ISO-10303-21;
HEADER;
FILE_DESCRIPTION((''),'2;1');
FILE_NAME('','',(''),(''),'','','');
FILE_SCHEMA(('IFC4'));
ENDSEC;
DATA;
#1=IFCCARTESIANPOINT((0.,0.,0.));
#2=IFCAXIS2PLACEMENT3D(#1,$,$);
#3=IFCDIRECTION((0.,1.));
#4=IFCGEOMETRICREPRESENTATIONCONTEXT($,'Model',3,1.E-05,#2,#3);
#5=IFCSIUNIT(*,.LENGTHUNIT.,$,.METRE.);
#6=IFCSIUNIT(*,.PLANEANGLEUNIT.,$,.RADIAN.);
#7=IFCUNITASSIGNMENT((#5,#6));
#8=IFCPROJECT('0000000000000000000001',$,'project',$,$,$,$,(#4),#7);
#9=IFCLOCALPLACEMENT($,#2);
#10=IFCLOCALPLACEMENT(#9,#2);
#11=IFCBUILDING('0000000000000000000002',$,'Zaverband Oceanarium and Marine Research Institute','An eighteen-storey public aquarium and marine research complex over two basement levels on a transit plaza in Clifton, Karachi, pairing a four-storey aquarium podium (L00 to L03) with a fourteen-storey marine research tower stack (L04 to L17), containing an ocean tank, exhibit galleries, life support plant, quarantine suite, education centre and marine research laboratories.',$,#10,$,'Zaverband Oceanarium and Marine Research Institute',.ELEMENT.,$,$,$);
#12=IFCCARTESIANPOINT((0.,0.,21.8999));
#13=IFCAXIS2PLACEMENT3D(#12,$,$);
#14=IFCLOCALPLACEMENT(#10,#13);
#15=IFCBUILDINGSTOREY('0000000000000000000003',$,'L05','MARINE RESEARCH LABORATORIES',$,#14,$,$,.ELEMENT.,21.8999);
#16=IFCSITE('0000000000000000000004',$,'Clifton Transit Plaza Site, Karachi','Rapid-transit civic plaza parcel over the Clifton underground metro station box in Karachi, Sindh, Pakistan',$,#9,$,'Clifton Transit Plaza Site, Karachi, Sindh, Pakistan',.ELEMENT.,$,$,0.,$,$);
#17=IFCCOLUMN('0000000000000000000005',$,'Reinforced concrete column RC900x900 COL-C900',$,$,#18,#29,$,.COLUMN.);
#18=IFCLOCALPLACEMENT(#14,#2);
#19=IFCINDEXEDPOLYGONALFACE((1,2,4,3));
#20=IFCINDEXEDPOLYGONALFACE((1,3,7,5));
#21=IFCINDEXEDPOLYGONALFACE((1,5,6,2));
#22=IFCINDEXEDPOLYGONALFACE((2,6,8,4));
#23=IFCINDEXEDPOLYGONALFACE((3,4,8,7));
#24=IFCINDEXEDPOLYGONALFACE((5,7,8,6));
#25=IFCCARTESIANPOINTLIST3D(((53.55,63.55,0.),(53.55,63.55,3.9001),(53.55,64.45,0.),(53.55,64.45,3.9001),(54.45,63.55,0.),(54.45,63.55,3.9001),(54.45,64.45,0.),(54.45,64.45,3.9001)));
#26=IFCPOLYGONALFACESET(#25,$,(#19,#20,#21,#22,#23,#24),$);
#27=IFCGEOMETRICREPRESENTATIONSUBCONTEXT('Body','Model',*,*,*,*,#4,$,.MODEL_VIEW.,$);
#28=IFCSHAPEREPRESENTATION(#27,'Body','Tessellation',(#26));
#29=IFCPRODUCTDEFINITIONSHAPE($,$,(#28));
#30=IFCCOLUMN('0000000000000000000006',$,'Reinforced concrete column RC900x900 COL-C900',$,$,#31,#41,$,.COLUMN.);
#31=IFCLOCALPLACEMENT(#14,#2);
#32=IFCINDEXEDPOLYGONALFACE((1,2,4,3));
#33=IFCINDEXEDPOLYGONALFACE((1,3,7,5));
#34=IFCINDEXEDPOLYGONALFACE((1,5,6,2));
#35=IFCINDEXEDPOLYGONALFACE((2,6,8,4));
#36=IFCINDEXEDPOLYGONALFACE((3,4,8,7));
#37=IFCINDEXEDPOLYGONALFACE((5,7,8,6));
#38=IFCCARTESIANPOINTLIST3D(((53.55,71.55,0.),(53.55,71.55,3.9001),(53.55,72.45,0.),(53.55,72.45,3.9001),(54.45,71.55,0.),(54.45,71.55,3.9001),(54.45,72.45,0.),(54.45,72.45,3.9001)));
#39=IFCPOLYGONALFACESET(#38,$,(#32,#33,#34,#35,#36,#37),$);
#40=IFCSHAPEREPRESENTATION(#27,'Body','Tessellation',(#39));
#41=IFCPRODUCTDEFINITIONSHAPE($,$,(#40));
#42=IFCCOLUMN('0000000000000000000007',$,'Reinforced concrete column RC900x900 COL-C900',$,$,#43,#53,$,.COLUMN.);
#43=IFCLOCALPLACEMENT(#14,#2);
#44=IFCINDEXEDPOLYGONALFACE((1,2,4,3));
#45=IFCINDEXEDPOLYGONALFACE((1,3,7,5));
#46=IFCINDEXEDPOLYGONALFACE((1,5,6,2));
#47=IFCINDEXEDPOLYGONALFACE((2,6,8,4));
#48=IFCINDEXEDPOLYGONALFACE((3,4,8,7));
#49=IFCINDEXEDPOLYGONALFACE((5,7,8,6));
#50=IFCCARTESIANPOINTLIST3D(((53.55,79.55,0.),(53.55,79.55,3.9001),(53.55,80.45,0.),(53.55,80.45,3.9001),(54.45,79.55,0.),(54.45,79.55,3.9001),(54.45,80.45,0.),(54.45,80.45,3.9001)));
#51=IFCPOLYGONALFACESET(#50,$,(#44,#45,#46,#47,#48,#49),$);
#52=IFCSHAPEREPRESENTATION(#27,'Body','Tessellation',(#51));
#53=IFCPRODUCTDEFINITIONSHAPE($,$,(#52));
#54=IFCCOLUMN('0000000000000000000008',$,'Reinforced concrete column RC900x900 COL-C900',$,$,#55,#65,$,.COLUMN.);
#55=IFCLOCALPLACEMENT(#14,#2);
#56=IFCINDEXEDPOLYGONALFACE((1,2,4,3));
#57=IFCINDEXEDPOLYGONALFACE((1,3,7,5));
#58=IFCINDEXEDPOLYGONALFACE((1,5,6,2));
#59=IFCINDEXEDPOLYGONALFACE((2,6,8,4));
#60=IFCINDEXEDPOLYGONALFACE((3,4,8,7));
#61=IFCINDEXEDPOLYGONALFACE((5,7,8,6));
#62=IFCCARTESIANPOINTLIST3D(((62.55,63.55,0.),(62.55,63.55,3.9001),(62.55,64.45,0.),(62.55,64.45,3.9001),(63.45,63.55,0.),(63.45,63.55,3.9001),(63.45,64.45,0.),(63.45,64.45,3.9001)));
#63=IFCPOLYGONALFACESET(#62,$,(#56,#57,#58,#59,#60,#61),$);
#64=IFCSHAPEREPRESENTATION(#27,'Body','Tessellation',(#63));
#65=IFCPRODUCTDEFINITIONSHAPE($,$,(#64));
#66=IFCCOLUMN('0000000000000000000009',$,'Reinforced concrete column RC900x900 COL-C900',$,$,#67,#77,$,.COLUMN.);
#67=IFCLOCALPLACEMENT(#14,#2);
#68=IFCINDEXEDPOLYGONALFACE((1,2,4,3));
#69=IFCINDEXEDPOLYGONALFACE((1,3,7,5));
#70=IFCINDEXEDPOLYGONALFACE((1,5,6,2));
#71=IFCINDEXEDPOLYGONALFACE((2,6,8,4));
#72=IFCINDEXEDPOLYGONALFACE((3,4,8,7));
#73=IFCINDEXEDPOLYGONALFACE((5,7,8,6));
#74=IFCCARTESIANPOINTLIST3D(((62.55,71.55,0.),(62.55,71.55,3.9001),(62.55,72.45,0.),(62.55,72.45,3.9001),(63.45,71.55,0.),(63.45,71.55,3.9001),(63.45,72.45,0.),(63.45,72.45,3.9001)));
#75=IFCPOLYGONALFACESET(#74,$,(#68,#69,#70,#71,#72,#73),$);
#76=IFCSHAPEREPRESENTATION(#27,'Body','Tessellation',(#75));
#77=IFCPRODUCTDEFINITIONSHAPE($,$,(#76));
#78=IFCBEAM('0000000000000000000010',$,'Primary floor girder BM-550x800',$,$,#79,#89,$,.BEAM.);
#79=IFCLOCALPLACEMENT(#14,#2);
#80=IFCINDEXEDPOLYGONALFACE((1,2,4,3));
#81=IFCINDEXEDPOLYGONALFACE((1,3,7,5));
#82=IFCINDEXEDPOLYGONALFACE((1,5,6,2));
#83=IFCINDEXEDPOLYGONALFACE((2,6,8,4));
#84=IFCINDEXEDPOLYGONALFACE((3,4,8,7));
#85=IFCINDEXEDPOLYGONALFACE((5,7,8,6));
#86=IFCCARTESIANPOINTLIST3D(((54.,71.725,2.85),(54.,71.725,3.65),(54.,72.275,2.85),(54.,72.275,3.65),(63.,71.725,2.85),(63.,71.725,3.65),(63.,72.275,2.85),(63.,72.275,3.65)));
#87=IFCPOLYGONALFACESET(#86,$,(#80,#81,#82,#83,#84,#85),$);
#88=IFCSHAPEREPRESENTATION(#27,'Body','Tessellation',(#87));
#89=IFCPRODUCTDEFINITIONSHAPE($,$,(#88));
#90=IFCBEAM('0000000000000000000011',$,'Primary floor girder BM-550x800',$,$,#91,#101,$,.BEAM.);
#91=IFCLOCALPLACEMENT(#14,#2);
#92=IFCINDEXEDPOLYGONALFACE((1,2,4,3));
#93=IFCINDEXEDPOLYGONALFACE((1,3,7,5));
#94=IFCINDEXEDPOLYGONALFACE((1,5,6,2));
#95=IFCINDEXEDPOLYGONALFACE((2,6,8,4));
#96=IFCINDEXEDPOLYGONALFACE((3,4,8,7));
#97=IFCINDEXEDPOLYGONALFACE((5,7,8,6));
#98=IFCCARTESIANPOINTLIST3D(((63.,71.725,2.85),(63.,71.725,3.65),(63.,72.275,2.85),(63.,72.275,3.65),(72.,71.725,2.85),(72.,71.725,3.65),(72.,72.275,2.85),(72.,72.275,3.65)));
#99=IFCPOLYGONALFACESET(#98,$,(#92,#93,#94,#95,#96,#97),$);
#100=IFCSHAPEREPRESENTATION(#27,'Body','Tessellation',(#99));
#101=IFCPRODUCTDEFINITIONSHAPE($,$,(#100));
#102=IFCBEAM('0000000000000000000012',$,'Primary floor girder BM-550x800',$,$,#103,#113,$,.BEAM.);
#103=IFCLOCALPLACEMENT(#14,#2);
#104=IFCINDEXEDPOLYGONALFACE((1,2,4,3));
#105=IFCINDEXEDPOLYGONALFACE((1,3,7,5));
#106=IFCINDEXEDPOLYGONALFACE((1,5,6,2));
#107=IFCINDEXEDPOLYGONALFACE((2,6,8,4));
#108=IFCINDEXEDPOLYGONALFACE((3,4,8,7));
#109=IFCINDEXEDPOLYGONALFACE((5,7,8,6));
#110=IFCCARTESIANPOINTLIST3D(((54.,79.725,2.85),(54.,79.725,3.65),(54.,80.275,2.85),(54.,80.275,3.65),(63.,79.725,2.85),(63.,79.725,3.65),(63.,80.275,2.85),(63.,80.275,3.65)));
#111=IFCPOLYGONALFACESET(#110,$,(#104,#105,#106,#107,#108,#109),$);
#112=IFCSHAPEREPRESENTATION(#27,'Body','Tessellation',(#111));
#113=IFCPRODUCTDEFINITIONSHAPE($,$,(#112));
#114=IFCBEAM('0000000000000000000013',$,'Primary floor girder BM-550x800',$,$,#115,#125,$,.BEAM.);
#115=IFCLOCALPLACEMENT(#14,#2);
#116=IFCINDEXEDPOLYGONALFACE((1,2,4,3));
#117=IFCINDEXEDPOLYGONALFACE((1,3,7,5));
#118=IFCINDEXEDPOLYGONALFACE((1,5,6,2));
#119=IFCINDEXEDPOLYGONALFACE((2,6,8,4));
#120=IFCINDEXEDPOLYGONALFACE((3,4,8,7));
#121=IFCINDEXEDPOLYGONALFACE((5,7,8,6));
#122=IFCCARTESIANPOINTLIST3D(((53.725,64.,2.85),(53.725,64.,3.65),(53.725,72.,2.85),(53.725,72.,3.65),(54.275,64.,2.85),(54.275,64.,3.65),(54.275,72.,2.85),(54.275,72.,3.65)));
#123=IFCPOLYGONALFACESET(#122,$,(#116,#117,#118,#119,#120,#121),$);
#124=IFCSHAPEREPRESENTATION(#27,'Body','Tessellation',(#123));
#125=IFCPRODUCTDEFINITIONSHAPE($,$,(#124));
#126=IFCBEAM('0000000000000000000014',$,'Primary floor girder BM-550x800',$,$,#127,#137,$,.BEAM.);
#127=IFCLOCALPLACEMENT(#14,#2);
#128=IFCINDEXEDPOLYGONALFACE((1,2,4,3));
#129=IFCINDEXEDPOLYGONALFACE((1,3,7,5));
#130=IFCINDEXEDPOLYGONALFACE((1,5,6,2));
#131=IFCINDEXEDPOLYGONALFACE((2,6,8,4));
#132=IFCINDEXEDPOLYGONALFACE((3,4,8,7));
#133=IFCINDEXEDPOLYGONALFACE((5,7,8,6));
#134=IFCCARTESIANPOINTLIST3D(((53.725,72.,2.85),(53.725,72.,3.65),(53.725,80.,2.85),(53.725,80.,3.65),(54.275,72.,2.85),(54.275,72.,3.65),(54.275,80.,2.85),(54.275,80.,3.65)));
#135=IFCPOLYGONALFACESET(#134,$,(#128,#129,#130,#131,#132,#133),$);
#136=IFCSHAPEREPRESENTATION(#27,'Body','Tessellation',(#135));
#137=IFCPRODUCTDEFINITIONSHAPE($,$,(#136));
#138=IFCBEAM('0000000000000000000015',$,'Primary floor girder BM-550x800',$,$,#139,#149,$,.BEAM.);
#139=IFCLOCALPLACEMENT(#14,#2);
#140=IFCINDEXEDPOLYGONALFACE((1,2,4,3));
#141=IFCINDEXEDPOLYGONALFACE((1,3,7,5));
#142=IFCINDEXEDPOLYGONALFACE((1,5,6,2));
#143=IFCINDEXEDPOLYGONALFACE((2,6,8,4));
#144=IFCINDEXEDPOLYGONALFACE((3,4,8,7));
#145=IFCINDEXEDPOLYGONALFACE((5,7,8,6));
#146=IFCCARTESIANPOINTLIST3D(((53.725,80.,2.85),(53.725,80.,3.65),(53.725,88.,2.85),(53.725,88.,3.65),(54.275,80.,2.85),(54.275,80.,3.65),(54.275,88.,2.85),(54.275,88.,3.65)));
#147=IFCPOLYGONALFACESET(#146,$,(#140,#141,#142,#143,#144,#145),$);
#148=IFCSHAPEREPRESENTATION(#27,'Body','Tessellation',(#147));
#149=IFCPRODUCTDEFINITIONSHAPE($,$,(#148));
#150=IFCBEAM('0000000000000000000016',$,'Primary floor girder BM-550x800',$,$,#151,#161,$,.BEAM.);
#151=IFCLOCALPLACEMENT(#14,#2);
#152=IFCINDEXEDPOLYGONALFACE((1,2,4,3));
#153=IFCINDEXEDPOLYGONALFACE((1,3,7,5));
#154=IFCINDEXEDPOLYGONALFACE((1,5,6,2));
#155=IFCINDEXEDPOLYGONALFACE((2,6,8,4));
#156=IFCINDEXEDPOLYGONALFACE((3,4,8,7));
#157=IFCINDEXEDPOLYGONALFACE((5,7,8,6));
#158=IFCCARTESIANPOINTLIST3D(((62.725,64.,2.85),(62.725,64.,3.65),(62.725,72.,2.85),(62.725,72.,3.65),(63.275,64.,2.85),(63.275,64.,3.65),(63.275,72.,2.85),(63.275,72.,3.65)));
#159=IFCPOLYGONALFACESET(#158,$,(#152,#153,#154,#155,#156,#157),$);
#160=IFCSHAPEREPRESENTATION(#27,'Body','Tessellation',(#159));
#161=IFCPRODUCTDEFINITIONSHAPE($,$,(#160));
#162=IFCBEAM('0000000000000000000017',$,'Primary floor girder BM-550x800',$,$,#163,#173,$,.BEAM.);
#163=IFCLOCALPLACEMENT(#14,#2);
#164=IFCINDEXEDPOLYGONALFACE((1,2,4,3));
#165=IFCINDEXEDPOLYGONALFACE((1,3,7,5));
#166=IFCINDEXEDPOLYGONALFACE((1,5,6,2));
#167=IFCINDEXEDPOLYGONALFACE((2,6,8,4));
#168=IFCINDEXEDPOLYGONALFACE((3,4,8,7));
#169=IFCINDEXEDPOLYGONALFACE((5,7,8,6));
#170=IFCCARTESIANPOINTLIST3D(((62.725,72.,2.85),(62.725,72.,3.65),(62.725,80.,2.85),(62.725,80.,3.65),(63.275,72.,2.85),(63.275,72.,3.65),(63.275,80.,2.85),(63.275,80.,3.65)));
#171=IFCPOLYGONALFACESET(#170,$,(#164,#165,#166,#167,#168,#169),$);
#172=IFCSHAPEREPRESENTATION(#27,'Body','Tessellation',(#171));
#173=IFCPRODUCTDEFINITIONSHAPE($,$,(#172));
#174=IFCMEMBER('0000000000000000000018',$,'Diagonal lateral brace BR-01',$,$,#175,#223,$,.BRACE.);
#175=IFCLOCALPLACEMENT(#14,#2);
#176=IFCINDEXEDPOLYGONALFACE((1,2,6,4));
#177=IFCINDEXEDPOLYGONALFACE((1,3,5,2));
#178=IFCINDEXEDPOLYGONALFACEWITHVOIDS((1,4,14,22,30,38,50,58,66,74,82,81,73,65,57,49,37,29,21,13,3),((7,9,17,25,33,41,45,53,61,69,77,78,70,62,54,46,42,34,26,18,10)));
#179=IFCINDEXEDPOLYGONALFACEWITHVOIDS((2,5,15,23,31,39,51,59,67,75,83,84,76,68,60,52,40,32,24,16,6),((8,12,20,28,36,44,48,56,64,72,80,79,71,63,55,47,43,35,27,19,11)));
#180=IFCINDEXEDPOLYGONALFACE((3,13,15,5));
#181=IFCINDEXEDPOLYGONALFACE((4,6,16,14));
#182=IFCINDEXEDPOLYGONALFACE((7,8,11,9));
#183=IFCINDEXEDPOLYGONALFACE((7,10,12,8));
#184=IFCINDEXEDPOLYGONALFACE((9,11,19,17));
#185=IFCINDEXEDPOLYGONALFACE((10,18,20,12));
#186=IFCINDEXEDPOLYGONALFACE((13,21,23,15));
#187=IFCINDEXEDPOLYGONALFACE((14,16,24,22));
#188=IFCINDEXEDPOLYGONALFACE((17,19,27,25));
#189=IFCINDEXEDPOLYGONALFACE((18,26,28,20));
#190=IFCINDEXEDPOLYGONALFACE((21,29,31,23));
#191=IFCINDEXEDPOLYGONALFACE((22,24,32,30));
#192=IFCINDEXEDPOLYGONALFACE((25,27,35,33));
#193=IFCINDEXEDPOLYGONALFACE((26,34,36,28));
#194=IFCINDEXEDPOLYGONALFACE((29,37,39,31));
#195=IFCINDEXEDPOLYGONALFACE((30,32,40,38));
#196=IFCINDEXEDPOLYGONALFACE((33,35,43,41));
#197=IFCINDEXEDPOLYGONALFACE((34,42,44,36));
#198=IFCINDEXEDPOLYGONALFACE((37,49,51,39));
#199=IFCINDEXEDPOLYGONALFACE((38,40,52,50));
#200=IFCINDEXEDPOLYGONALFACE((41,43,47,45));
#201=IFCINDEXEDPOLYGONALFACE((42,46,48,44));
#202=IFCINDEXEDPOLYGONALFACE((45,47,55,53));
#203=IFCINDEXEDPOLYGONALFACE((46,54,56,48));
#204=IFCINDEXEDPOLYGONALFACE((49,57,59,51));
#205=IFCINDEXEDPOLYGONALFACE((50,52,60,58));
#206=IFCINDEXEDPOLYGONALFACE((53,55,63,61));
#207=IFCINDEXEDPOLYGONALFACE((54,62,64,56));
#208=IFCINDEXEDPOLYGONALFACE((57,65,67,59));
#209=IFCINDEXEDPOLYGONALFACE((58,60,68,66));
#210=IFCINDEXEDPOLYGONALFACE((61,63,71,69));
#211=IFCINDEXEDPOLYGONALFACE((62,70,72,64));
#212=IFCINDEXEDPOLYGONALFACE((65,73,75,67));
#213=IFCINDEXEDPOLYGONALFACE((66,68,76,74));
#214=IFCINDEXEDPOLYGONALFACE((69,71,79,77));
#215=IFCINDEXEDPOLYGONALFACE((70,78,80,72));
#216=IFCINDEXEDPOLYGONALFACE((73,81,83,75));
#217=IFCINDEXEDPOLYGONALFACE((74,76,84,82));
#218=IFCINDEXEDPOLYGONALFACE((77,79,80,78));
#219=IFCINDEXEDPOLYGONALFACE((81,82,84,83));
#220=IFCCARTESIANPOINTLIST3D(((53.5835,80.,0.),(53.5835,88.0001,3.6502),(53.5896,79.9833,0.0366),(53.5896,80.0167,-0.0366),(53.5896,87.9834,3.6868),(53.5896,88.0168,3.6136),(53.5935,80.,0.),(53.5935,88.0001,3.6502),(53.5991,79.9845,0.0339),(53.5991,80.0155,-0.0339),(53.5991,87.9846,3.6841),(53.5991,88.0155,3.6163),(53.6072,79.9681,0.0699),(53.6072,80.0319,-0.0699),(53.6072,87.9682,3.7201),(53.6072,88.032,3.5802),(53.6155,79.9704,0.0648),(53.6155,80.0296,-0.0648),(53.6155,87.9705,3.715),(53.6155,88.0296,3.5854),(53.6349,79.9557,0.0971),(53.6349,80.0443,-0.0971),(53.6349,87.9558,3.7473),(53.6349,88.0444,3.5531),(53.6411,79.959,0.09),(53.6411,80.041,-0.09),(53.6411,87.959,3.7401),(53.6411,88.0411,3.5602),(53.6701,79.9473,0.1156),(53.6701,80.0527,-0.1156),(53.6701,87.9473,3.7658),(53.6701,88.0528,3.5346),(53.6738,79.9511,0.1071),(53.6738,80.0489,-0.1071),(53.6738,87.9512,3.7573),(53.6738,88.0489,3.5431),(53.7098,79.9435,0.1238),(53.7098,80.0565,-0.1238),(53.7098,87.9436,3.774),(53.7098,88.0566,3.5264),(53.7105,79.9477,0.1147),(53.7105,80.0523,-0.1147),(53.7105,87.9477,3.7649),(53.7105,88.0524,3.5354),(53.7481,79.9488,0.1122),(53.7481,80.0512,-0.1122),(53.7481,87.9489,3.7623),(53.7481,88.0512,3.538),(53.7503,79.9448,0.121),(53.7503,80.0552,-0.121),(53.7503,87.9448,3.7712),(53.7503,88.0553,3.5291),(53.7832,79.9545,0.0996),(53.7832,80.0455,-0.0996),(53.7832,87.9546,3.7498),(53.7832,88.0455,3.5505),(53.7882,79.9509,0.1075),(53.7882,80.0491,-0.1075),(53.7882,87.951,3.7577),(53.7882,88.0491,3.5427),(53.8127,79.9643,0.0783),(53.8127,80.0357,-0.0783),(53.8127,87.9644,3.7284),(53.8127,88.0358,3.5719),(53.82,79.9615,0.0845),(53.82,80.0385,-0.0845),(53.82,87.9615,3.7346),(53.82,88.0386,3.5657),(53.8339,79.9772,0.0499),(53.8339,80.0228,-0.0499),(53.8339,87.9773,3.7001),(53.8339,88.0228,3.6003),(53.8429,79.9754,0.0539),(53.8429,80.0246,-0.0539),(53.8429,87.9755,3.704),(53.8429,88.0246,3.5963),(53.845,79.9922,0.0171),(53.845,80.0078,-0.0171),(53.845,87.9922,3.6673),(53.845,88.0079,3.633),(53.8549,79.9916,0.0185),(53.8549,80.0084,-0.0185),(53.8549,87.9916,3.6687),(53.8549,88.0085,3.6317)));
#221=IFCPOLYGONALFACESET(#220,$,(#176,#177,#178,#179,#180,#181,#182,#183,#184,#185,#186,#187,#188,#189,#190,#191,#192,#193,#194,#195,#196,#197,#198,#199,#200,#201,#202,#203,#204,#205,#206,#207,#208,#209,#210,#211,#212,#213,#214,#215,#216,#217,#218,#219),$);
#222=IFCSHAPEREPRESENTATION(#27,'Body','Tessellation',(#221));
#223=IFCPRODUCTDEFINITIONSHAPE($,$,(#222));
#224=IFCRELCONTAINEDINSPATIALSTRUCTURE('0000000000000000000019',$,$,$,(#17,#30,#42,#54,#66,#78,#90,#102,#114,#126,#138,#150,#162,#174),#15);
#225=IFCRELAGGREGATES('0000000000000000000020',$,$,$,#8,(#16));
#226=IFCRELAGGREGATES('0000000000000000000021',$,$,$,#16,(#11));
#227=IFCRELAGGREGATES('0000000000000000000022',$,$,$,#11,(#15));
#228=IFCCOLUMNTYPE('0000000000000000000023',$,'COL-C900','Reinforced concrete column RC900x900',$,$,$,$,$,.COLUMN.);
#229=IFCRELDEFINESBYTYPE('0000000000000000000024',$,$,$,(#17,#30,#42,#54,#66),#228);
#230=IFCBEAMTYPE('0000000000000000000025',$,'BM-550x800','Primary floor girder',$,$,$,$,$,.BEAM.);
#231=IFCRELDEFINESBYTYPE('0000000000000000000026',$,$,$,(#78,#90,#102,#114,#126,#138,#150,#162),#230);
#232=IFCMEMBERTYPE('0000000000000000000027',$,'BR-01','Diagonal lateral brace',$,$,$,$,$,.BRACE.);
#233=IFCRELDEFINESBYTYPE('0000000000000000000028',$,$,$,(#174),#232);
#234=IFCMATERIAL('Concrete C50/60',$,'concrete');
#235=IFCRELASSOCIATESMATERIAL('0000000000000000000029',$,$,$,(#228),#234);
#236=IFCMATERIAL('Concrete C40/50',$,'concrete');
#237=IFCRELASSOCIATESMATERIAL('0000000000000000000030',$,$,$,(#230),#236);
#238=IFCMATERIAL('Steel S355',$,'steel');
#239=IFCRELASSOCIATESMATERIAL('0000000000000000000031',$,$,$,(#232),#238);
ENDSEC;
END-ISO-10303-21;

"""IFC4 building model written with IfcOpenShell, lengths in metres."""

from ifc_helpers import new_model, si_unit, direction, frame, origin, origin_2d, place, context, subcontext, project, spatial, rectangle, hollow_circle, extrude, material, material_profile, profile_set, type_object, element, save


model = new_model("IFC4")

# Units and contexts
model_context = context("Model", 3, precision=1e-05, world=origin(), true_north=direction((0.0, 1.0)))
body_context = subcontext(model_context, "Body", "Model", "MODEL_VIEW")
ifc_project = project(units=[si_unit("LENGTHUNIT", "METRE"), si_unit("PLANEANGLEUNIT", "RADIAN")], contexts=[model_context])

# Site, building, storey
site_placement = place(None, origin())
site = spatial("IfcSite", under=ifc_project, at=site_placement, Name="Clifton Transit Plaza Site, Karachi", Description="Rapid-transit civic plaza parcel over the Clifton underground metro station box in Karachi, Sindh, Pakistan", LongName="Clifton Transit Plaza Site, Karachi, Sindh, Pakistan", CompositionType="ELEMENT", RefElevation=0.0)
building_placement = place(site_placement, origin())
building = spatial("IfcBuilding", under=site, at=building_placement, Name="Zaverband Oceanarium and Marine Research Institute", Description="An eighteen-storey public aquarium and marine research complex over two basement levels on a transit plaza in Clifton, Karachi, pairing a four-storey aquarium podium (L00 to L03) with a fourteen-storey marine research tower stack (L04 to L17), containing an ocean tank, exhibit galleries, life support plant, quarantine suite, education centre and marine research laboratories.", LongName="Zaverband Oceanarium and Marine Research Institute", CompositionType="ELEMENT")
storey_placement = place(building_placement, frame((0.0, 0.0, 21.8999)))
storey = spatial("IfcBuildingStorey", under=building, at=storey_placement, Name="L05", Description="MARINE RESEARCH LABORATORIES", CompositionType="ELEMENT", Elevation=21.8999)

# Columns
ifc_material_1 = material(Name="Concrete C50/60", Category="concrete")
ifc_material_profile_1 = material_profile(ifc_material_1, rectangle(XDim=0.8999, YDim=0.8999, at=origin_2d()), Name="RC900x900")
ifc_profile_set_1 = profile_set([ifc_material_profile_1], Name="Concrete C50/60")
column_type = type_object("IfcColumnType", Name="COL-C900", Description="Reinforced concrete column RC900x900", PredefinedType="COLUMN", material=ifc_profile_set_1)
for number, where, z_axis, x_axis, name in (
    (1, (54.0, 64.0, 0.0), (0.0, 0.0, 1.0), (1.0, 0.0, 0.0), "Reinforced concrete column RC900x900 COL-C900"),
    (2, (54.0, 72.0, 0.0), (0.0, 0.0, 1.0), (1.0, 0.0, 0.0), "Reinforced concrete column RC900x900 COL-C900"),
    (3, (54.0, 80.0, 0.0), (0.0, 0.0, 1.0), (1.0, 0.0, 0.0), "Reinforced concrete column RC900x900 COL-C900"),
    (4, (63.0, 64.0, 0.0), (0.0, 0.0, 1.0), (1.0, 0.0, 0.0), "Reinforced concrete column RC900x900 COL-C900"),
    (5, (63.0, 72.0, 0.0), (0.0, 0.0, 1.0), (1.0, 0.0, 0.0), "Reinforced concrete column RC900x900 COL-C900"),
):
    element("IfcColumn", number, at=place(storey_placement, frame(where, z_axis=z_axis, x_axis=x_axis)), inside=storey, type_object=column_type, Name=name, PredefinedType="COLUMN", context=body_context, shape_type="SweptSolid", body=[
        extrude(rectangle(XDim=0.8999, YDim=0.8999, at=origin_2d()), origin(), (0.0, 0.0, 1.0), 3.9001),
    ])

# Beams
ifc_material_2 = material(Name="Concrete C40/50", Category="concrete")
ifc_material_profile_2 = material_profile(ifc_material_2, rectangle(XDim=0.55, YDim=0.8, at=origin_2d()), Name="RC550x800")
ifc_profile_set_2 = profile_set([ifc_material_profile_2], Name="Concrete C40/50")
beam_type_1 = type_object("IfcBeamType", Name="BM-550x800", Description="Primary floor girder", PredefinedType="BEAM", material=ifc_profile_set_2)
for number, where, z_axis, x_axis, name in (
    (6, (54.0, 72.0, 3.25), (1.0, 0.0, 0.0), (0.0, 1.0, 0.0), "Primary floor girder BM-550x800"),
    (7, (63.0, 72.0, 3.25), (1.0, 0.0, 0.0), (0.0, 1.0, 0.0), "Primary floor girder BM-550x800"),
    (8, (54.0, 80.0, 3.25), (1.0, 0.0, 0.0), (0.0, 1.0, 0.0), "Primary floor girder BM-550x800"),
):
    element("IfcBeam", number, at=place(storey_placement, frame(where, z_axis=z_axis, x_axis=x_axis)), inside=storey, type_object=beam_type_1, Name=name, PredefinedType="BEAM", context=body_context, shape_type="SweptSolid", body=[
        extrude(rectangle(XDim=0.55, YDim=0.8, at=origin_2d()), origin(), (0.0, 0.0, 1.0), 9.0),
    ])
for number, where, z_axis, x_axis, name in (
    (9, (54.0, 64.0, 3.25), (0.0, 1.0, 0.0), (-1.0, 0.0, 0.0), "Primary floor girder BM-550x800"),
    (10, (54.0, 72.0, 3.25), (0.0, 1.0, 0.0), (-1.0, 0.0, 0.0), "Primary floor girder BM-550x800"),
    (11, (54.0, 80.0, 3.25), (0.0, 1.0, 0.0), (-1.0, 0.0, 0.0), "Primary floor girder BM-550x800"),
    (12, (63.0, 64.0, 3.25), (0.0, 1.0, 0.0), (-1.0, 0.0, 0.0), "Primary floor girder BM-550x800"),
    (13, (63.0, 72.0, 3.25), (0.0, 1.0, 0.0), (-1.0, 0.0, 0.0), "Primary floor girder BM-550x800"),
):
    element("IfcBeam", number, at=place(storey_placement, frame(where, z_axis=z_axis, x_axis=x_axis)), inside=storey, type_object=beam_type_1, Name=name, PredefinedType="BEAM", context=body_context, shape_type="SweptSolid", body=[
        extrude(rectangle(XDim=0.55, YDim=0.8, at=origin_2d()), origin(), (0.0, 0.0, 1.0), 8.0),
    ])

# Member
ifc_material_3 = material(Name="Steel S355", Category="steel")
ifc_material_profile_3 = material_profile(ifc_material_3, hollow_circle(Radius=0.1365, WallThickness=0.01, at=origin_2d()), Name="CHS273x10")
ifc_profile_set_3 = profile_set([ifc_material_profile_3], Name="Steel S355")
member_type_1 = type_object("IfcMemberType", Name="BR-01", Description="Diagonal lateral brace", PredefinedType="BRACE", material=ifc_profile_set_3)
member_1_placement = place(storey_placement, frame((53.72, 80.0, 0.0), z_axis=(0.0, 0.909775, 0.415102), x_axis=(-1.0, 0.0, 0.0)))
element("IfcMember", 14, at=member_1_placement, inside=storey, type_object=member_type_1, Name="Diagonal lateral brace BR-01", PredefinedType="BRACE", context=body_context, shape_type="SweptSolid", body=[
    extrude(hollow_circle(Radius=0.1365, WallThickness=0.01, at=origin_2d()), origin(), (0.0, 0.0, 1.0), 8.7935),
])

save(model, "model.ifc")
